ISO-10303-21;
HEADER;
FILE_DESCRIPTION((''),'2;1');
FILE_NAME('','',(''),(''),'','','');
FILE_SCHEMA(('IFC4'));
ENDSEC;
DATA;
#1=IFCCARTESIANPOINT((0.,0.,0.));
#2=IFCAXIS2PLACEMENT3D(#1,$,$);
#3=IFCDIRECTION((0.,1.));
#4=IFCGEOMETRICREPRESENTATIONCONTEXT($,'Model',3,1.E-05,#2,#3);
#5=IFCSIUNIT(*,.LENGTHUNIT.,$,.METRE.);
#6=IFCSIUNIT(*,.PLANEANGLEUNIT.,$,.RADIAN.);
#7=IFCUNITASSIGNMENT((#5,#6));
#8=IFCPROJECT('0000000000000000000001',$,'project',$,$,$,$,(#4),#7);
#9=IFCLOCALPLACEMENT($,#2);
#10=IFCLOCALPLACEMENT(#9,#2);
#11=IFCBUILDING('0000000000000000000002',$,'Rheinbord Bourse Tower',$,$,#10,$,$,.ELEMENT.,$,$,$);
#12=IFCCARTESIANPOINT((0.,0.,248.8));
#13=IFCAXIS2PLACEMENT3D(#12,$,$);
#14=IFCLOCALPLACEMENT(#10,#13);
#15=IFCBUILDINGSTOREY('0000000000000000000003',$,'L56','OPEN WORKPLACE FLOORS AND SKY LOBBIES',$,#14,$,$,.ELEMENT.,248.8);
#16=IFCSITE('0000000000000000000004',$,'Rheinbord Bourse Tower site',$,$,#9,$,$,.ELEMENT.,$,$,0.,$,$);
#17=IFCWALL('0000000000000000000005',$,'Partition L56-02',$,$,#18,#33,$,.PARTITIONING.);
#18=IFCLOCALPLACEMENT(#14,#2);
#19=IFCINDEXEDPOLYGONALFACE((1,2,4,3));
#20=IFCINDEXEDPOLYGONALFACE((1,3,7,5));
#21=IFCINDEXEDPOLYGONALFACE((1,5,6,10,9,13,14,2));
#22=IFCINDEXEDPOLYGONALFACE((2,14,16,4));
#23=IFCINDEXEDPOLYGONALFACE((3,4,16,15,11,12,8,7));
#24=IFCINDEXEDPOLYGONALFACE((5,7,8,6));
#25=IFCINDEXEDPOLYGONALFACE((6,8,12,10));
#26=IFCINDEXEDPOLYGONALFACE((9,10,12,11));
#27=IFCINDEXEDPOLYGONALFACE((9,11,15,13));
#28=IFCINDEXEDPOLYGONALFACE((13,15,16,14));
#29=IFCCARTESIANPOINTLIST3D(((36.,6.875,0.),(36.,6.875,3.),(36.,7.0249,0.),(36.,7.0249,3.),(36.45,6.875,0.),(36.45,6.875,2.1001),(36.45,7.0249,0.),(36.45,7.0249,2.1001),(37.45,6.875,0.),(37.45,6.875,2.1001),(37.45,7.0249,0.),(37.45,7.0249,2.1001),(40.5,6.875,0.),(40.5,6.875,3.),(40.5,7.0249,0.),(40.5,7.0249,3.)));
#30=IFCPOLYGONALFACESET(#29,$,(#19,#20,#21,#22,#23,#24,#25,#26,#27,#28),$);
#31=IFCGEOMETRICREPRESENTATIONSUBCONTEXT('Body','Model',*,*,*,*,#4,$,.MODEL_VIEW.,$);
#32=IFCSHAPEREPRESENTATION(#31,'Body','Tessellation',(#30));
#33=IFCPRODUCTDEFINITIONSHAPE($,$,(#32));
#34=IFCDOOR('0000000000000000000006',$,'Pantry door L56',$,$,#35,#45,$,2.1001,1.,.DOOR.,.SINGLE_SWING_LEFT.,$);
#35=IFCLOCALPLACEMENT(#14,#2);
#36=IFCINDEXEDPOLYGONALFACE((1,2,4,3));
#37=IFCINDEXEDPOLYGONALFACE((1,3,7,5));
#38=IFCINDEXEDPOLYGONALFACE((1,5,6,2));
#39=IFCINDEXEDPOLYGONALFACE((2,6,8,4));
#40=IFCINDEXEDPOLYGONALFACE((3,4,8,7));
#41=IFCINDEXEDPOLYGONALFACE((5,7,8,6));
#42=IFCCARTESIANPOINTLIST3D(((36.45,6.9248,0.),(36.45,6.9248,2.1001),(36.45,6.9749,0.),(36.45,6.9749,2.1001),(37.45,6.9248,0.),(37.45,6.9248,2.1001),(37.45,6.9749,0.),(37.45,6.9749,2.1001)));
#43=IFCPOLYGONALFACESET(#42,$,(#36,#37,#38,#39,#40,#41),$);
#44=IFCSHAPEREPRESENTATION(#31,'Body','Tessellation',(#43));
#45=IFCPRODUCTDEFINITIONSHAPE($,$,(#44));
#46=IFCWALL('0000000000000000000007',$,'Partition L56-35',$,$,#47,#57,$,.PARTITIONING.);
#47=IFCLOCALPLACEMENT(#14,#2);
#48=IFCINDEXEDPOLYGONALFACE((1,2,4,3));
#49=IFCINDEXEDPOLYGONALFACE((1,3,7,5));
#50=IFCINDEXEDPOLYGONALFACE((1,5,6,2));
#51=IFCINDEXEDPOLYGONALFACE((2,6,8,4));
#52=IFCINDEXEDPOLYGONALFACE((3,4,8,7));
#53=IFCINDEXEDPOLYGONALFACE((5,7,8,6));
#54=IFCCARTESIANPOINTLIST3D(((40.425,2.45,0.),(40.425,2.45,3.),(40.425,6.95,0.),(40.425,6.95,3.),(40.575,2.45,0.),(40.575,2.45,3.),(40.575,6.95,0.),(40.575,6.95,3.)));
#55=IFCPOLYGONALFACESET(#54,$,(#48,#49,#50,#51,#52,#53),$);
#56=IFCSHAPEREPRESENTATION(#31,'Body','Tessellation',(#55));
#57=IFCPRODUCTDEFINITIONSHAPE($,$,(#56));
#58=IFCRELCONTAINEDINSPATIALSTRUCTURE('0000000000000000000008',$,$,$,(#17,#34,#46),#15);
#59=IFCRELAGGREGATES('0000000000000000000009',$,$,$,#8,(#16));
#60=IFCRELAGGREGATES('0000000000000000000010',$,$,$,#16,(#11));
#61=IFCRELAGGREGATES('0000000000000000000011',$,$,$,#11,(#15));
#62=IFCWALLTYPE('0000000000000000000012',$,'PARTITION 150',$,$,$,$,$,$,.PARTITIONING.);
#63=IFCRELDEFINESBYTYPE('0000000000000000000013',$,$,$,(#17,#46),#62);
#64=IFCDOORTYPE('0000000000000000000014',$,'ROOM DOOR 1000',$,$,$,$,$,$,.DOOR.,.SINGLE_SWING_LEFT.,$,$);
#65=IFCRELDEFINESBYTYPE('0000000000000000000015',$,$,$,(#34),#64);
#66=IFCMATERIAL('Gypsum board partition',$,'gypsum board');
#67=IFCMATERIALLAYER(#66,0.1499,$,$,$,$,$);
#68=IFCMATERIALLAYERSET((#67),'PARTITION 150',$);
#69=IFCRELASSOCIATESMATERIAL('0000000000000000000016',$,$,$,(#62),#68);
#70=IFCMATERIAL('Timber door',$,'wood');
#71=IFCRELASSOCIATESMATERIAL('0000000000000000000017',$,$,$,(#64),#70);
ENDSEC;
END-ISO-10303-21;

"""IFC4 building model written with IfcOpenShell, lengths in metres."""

from ifc_helpers import new_model, si_unit, direction, frame, frame_2d, origin, place, context, subcontext, project, spatial, rectangle, extrude, material, layer, layer_set, type_object, element, fill, save


model = new_model("IFC4")

# Units and contexts
model_context = context("Model", 3, precision=1e-05, world=origin(), true_north=direction((0.0, 1.0)))
body_context = subcontext(model_context, "Body", "Model", "MODEL_VIEW")
ifc_project = project(units=[si_unit("LENGTHUNIT", "METRE"), si_unit("PLANEANGLEUNIT", "RADIAN")], contexts=[model_context])

# Site, building, storey
site_placement = place(None, origin())
site = spatial("IfcSite", under=ifc_project, at=site_placement, Name="Rheinbord Bourse Tower site", CompositionType="ELEMENT", RefElevation=0.0)
building_placement = place(site_placement, origin())
building = spatial("IfcBuilding", under=site, at=building_placement, Name="Rheinbord Bourse Tower", CompositionType="ELEMENT")
storey_placement = place(building_placement, frame((0.0, 0.0, 248.8)))
storey = spatial("IfcBuildingStorey", under=building, at=storey_placement, Name="L56", Description="OPEN WORKPLACE FLOORS AND SKY LOBBIES", CompositionType="ELEMENT", Elevation=248.8)

# Wall, opening, door
ifc_material_1 = material(Name="Gypsum board partition", Category="gypsum board")
ifc_layer_1 = layer(ifc_material_1, 0.1499)
ifc_layer_set_1 = layer_set([ifc_layer_1], Name="PARTITION 150")
wall_type_1 = type_object("IfcWallType", Name="PARTITION 150", PredefinedType="PARTITIONING", material=ifc_layer_set_1)
wall_1_placement = place(storey_placement, frame((36.0, 6.95, 0.0), z_axis=(0.0, 0.0, 1.0), x_axis=(1.0, 0.0, 0.0)))
wall_1 = element("IfcWall", 1, at=wall_1_placement, inside=storey, type_object=wall_type_1, Name="Partition L56-02", PredefinedType="PARTITIONING", context=body_context, shape_type="SweptSolid", body=[
    extrude(rectangle(XDim=4.5, YDim=0.1499, at=frame_2d((2.25, 0.0))), origin(), (0.0, 0.0, 1.0), 3.0),
])
opening_1_placement = place(wall_1_placement, frame((0.45, 0.0, 0.0)))
opening_1 = element("IfcOpeningElement", 2, at=opening_1_placement, cuts=wall_1, PredefinedType="OPENING", context=body_context, shape_type="SweptSolid", body=[
    extrude(rectangle(XDim=1.0, YDim=2.1001, at=frame_2d((0.5, 1.05))), frame((0.0, 0.085, 0.0), z_axis=(0.0, -1.0, 0.0), x_axis=(1.0, 0.0, 0.0)), (0.0, 0.0, 1.0), 0.1699),
])
ifc_material_2 = material(Name="Timber door", Category="wood")
door_type_1 = type_object("IfcDoorType", Name="ROOM DOOR 1000", OperationType="SINGLE_SWING_LEFT", PredefinedType="DOOR", material=ifc_material_2)
door_1_placement = place(opening_1_placement, origin())
door_1 = element("IfcDoor", 3, at=door_1_placement, inside=storey, type_object=door_type_1, Name="Pantry door L56", OperationType="SINGLE_SWING_LEFT", OverallHeight=2.1001, OverallWidth=1.0, PredefinedType="DOOR", context=body_context, shape_type="SweptSolid", body=[
    extrude(rectangle(XDim=1.0, YDim=2.1001, at=frame_2d((0.5, 1.05))), frame((0.0, 0.0249, 0.0), z_axis=(0.0, -1.0, 0.0), x_axis=(1.0, 0.0, 0.0)), (0.0, 0.0, 1.0), 0.05),
])
fill(opening_1, door_1)

# Wall
wall_2_placement = place(storey_placement, frame((40.5, 2.45, 0.0), z_axis=(0.0, 0.0, 1.0), x_axis=(0.0, 1.0, 0.0)))
element("IfcWall", 4, at=wall_2_placement, inside=storey, type_object=wall_type_1, Name="Partition L56-35", PredefinedType="PARTITIONING", context=body_context, shape_type="SweptSolid", body=[
    extrude(rectangle(XDim=4.5, YDim=0.1499, at=frame_2d((2.25, 0.0))), origin(), (0.0, 0.0, 1.0), 3.0),
])

save(model, "model.ifc")
